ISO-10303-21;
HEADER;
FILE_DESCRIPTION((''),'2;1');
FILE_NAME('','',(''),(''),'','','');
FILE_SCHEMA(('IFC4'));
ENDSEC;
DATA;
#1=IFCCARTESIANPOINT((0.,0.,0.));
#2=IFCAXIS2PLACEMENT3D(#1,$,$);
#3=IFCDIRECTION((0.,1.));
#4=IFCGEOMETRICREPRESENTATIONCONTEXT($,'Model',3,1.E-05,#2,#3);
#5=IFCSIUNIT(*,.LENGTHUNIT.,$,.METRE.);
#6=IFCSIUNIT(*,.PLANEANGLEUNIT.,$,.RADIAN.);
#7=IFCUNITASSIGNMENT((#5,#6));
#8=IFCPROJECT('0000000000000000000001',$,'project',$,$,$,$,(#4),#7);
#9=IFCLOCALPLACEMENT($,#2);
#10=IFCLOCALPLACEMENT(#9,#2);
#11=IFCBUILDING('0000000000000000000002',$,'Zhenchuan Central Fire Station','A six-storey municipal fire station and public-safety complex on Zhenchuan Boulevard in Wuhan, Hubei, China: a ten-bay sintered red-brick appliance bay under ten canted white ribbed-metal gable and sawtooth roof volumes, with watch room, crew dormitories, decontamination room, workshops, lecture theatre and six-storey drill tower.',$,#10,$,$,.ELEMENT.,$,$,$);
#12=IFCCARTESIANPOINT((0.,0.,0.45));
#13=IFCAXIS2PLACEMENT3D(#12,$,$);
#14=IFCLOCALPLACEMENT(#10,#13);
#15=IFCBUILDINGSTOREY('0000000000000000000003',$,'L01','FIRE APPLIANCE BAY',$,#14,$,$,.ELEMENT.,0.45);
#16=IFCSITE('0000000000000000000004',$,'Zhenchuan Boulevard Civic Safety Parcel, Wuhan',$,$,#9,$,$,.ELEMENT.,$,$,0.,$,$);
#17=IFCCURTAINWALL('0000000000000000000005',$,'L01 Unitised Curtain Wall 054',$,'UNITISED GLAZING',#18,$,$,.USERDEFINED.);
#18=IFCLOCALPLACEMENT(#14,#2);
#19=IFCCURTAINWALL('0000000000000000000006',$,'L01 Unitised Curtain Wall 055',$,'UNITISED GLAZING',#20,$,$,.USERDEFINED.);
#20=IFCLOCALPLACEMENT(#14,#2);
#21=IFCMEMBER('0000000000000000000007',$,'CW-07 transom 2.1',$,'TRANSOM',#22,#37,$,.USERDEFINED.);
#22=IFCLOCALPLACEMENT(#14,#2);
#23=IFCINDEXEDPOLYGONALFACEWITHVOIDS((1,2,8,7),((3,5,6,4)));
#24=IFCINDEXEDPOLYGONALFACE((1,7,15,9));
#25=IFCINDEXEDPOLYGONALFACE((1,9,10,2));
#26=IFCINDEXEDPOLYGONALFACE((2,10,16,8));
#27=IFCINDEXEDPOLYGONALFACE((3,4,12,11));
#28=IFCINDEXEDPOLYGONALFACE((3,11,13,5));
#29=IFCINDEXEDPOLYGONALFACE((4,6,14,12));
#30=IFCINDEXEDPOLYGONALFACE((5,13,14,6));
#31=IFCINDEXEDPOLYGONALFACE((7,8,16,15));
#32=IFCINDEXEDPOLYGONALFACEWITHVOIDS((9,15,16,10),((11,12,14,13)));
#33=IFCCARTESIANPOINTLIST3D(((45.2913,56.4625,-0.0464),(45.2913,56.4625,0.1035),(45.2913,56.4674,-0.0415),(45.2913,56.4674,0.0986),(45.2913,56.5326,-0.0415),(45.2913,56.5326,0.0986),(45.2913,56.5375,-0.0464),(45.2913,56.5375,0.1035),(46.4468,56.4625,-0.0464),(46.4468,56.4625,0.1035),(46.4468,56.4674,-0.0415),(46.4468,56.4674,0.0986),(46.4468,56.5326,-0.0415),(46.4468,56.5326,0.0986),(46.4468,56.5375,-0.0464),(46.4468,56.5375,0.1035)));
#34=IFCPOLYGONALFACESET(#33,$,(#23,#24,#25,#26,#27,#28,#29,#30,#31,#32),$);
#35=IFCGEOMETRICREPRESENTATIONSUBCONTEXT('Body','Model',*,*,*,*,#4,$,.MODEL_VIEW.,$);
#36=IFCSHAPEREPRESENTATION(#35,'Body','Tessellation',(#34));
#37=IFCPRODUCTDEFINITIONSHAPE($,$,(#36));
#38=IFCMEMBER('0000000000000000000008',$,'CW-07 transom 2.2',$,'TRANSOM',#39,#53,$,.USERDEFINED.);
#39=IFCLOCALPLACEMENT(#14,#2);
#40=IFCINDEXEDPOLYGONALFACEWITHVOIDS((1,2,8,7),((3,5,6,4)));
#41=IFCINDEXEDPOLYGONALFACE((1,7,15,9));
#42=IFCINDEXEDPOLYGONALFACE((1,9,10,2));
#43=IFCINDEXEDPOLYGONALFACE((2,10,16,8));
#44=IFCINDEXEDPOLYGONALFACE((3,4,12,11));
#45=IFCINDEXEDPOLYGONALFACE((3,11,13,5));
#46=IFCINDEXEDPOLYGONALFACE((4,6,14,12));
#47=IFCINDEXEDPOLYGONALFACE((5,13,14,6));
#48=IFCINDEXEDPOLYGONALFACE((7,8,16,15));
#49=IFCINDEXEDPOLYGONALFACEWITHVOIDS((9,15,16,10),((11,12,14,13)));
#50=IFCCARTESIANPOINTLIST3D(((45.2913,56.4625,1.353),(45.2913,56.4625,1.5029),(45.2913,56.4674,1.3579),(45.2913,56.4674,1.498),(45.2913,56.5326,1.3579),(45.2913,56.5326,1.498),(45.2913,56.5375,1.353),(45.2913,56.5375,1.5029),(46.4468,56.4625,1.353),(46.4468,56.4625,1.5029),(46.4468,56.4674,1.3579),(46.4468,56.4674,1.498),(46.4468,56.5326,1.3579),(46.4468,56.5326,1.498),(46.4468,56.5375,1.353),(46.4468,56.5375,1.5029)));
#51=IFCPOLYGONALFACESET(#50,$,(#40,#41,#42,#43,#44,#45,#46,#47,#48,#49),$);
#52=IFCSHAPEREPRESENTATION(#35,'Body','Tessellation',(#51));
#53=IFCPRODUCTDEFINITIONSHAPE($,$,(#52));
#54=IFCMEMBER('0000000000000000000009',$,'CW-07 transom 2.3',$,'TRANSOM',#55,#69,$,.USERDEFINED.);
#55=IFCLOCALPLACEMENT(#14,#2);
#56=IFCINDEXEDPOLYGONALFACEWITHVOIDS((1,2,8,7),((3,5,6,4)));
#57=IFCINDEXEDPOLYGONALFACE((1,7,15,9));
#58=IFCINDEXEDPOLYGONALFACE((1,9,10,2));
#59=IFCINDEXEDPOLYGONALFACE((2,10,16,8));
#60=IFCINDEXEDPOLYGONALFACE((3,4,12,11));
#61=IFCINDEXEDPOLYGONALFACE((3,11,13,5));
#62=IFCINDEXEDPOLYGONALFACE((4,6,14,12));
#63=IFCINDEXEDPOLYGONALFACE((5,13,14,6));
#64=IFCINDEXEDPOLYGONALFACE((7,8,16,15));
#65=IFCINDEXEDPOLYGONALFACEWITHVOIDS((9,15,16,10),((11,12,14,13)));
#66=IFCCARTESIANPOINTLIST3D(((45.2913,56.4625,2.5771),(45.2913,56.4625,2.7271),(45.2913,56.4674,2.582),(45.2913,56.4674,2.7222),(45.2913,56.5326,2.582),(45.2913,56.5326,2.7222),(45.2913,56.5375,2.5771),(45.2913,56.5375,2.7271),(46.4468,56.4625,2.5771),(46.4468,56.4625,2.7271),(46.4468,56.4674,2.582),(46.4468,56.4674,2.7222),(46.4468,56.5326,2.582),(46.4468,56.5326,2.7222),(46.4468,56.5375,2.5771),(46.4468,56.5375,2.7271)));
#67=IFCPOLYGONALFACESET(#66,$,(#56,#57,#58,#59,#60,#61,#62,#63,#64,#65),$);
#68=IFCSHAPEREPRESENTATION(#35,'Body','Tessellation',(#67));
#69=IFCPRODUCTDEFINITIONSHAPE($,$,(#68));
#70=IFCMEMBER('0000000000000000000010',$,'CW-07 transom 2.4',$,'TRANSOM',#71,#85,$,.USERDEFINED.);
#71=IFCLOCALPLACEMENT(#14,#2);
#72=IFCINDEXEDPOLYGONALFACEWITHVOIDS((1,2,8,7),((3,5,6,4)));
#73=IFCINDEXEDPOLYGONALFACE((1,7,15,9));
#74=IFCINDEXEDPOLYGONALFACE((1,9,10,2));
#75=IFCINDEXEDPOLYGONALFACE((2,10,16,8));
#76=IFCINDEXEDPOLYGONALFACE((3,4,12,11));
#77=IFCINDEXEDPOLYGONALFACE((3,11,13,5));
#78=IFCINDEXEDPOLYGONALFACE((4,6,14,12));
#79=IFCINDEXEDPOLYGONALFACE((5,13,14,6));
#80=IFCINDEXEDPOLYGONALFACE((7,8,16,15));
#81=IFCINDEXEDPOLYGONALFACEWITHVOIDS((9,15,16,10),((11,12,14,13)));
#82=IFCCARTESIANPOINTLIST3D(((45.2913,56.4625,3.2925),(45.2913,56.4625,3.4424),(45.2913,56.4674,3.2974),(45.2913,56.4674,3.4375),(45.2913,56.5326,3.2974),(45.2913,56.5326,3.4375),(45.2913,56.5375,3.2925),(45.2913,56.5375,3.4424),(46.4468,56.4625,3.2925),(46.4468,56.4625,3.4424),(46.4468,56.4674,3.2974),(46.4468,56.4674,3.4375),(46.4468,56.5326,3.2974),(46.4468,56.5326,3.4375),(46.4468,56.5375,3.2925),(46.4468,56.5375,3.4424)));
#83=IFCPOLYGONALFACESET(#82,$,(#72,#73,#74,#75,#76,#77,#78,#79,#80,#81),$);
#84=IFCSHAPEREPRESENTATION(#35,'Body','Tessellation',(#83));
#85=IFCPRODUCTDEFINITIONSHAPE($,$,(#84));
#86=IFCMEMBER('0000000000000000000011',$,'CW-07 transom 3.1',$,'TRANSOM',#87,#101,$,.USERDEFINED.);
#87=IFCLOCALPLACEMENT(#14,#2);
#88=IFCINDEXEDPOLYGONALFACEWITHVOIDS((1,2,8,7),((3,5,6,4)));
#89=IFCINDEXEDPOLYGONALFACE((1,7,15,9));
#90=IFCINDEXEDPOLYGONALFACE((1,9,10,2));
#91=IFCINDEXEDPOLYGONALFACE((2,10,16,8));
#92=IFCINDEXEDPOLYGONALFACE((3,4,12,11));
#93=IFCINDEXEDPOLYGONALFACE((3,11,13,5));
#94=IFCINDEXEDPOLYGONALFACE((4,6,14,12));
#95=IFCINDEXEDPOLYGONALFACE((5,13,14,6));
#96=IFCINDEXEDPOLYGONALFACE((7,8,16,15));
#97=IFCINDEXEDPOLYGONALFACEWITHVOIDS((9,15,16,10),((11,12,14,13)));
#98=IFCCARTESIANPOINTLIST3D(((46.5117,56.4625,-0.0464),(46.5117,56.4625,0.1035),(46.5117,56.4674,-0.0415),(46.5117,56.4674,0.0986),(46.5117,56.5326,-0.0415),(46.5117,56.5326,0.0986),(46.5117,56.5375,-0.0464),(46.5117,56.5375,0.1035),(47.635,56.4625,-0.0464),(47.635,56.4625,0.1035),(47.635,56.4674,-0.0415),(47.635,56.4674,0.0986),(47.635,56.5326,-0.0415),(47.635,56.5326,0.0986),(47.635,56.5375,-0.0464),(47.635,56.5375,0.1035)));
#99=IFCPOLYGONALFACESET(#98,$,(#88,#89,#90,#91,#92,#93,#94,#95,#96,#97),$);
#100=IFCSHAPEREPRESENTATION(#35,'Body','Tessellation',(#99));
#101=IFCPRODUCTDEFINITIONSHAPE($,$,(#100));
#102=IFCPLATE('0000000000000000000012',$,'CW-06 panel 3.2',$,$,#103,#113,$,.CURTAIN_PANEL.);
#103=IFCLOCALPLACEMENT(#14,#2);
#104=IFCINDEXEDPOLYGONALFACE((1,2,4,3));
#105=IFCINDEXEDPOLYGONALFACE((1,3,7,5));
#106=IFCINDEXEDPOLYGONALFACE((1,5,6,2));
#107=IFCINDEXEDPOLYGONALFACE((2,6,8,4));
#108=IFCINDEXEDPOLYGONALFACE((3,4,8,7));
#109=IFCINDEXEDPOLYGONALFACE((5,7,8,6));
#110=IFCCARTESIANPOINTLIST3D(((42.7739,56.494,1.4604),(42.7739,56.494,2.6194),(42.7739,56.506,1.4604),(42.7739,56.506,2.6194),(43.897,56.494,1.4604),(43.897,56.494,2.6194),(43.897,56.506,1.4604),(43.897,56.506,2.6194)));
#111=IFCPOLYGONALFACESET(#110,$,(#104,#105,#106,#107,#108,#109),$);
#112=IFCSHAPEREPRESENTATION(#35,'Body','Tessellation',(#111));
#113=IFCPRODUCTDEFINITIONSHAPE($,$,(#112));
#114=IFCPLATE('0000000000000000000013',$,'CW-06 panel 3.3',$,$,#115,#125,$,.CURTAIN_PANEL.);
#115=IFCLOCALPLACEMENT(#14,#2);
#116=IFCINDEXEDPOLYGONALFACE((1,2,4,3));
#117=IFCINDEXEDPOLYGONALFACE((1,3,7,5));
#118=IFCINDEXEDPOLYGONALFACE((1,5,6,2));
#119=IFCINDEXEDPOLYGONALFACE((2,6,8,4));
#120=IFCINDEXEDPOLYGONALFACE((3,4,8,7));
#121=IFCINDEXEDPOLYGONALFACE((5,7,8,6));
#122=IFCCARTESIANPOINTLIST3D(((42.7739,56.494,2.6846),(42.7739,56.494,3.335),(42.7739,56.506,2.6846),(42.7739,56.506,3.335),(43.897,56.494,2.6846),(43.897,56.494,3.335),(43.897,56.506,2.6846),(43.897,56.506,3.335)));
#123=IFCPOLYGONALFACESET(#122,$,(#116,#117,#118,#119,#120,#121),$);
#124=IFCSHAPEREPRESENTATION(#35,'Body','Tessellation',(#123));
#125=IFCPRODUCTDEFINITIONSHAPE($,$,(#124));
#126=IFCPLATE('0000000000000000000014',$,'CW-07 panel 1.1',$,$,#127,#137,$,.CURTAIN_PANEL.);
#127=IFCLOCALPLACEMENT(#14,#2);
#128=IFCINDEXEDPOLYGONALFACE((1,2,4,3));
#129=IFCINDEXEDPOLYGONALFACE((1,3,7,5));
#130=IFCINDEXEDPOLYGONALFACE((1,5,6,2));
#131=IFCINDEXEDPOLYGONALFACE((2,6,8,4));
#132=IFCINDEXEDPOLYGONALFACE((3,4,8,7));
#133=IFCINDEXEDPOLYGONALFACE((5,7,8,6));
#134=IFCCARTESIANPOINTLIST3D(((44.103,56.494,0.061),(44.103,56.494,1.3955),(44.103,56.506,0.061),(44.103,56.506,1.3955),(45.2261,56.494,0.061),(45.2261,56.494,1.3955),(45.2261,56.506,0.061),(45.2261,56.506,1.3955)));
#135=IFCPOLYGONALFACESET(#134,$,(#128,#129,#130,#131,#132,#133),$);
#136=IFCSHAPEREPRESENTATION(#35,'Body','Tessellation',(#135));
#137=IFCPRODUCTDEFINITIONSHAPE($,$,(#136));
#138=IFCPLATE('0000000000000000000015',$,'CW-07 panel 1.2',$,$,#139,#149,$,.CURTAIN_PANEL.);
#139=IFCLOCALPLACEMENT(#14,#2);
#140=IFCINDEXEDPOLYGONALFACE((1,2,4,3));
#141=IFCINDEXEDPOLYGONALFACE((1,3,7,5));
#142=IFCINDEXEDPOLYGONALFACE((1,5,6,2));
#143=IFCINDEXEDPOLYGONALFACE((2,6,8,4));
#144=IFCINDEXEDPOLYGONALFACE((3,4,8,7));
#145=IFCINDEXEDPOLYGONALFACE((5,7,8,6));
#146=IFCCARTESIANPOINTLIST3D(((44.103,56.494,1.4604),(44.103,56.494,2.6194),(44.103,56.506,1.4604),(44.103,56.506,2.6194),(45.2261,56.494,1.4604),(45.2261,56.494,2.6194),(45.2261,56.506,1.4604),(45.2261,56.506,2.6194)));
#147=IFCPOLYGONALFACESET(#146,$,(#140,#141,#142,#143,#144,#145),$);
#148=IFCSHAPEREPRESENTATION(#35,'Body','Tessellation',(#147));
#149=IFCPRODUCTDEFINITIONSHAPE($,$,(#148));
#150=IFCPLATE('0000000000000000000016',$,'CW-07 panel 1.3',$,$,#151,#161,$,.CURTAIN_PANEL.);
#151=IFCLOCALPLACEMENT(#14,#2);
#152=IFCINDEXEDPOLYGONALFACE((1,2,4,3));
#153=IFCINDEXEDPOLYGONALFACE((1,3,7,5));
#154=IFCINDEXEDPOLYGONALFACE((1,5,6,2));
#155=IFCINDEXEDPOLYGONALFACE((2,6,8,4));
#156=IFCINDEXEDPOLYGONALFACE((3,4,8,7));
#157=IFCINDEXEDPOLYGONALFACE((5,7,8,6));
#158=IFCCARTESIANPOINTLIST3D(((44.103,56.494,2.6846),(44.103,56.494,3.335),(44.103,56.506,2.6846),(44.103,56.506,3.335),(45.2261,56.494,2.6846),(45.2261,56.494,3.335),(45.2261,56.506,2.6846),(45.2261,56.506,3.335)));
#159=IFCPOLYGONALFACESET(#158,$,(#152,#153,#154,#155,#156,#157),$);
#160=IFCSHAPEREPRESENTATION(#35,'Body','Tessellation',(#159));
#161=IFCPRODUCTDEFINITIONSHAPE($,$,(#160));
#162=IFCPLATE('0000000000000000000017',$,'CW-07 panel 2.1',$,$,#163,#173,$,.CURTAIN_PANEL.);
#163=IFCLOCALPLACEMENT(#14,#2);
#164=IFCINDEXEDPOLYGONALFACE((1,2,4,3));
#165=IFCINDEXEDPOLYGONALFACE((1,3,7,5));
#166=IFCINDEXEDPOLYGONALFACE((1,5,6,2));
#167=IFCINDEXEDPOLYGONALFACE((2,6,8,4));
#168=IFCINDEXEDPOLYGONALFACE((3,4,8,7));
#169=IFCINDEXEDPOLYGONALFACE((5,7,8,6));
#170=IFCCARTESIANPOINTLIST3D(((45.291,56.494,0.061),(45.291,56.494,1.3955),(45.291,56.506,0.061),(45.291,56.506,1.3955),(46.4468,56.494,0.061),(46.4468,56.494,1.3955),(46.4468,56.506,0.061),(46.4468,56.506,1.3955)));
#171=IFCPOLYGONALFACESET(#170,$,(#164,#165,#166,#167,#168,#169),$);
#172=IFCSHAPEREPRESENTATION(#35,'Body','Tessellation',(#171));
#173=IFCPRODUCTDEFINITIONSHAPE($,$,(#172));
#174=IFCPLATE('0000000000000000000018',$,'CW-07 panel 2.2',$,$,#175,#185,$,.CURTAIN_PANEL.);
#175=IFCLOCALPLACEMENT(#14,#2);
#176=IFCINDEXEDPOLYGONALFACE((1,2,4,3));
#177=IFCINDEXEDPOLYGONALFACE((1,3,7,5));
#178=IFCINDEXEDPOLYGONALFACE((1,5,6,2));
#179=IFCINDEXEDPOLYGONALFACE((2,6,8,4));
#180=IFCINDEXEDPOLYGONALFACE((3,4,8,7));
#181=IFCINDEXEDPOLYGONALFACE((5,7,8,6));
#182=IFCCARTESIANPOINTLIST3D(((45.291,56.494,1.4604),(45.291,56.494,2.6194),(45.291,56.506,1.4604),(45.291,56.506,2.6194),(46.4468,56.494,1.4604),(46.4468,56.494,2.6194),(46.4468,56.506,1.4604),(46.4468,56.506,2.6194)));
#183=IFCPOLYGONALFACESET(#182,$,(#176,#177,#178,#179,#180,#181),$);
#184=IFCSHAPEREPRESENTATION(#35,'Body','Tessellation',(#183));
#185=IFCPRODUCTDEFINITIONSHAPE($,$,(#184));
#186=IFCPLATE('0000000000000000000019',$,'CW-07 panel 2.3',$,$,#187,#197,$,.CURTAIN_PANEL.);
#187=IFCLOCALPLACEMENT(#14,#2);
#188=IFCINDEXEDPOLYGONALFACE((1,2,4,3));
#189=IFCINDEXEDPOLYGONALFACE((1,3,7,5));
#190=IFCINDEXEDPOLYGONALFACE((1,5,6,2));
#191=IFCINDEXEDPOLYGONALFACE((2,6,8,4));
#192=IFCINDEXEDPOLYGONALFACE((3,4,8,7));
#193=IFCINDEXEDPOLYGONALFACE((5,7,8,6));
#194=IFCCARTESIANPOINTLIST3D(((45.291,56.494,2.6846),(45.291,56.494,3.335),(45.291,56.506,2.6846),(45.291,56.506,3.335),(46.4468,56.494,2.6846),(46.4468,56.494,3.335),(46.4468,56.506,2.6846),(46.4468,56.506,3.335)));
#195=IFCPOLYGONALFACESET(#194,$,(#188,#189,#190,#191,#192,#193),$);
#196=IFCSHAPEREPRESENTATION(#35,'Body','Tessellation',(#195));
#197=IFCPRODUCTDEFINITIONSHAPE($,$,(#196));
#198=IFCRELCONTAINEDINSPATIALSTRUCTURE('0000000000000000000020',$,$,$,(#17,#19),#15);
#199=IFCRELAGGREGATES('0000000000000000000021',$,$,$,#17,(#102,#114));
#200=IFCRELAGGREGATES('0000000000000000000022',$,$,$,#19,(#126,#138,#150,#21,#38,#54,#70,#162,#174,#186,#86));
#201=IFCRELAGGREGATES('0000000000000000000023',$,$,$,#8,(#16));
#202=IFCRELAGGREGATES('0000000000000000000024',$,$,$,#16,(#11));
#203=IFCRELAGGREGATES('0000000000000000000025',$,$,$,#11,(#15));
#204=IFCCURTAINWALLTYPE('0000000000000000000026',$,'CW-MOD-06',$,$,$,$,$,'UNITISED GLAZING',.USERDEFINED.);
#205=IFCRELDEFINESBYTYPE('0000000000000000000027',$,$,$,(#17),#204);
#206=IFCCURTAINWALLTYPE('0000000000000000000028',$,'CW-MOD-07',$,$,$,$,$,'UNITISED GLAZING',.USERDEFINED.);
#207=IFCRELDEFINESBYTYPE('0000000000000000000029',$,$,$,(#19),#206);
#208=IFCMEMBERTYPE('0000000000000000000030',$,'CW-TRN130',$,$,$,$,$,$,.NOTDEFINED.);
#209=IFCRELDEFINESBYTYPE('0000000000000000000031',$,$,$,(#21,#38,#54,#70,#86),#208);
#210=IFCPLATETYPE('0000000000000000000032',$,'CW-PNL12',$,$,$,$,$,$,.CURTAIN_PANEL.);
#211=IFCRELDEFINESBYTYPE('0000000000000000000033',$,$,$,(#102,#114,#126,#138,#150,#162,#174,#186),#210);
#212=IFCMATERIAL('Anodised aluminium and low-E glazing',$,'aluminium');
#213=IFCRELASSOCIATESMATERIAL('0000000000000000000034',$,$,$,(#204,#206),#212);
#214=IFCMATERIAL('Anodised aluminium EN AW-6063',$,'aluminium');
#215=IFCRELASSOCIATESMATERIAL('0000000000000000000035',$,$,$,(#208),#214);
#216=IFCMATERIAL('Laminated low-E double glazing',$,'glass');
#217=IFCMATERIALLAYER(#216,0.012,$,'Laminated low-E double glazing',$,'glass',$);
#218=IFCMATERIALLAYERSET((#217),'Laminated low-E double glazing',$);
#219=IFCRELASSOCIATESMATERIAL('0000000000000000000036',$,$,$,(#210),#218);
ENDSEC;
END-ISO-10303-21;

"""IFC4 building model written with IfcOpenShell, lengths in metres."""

from ifc_helpers import new_model, si_unit, direction, frame, origin, origin_2d, place, context, subcontext, project, spatial, rectangle, hollow_rectangle, extrude, material, layer, layer_set, material_profile, profile_set, type_object, element, aggregate, save


model = new_model("IFC4")

# Units and contexts
model_context = context("Model", 3, precision=1e-05, world=origin(), true_north=direction((0.0, 1.0)))
body_context = subcontext(model_context, "Body", "Model", "MODEL_VIEW")
ifc_project = project(units=[si_unit("LENGTHUNIT", "METRE"), si_unit("PLANEANGLEUNIT", "RADIAN")], contexts=[model_context])

# Site, building, storey
site_placement = place(None, origin())
site = spatial("IfcSite", under=ifc_project, at=site_placement, Name="Zhenchuan Boulevard Civic Safety Parcel, Wuhan", CompositionType="ELEMENT", RefElevation=0.0)
building_placement = place(site_placement, origin())
building = spatial("IfcBuilding", under=site, at=building_placement, Name="Zhenchuan Central Fire Station", Description="A six-storey municipal fire station and public-safety complex on Zhenchuan Boulevard in Wuhan, Hubei, China: a ten-bay sintered red-brick appliance bay under ten canted white ribbed-metal gable and sawtooth roof volumes, with watch room, crew dormitories, decontamination room, workshops, lecture theatre and six-storey drill tower.", CompositionType="ELEMENT")
storey_placement = place(building_placement, frame((0.0, 0.0, 0.45)))
storey = spatial("IfcBuildingStorey", under=building, at=storey_placement, Name="L01", Description="FIRE APPLIANCE BAY", CompositionType="ELEMENT", Elevation=0.45)

# Curtain wall
ifc_material_1 = material(Name="Anodised aluminium and low-E glazing", Category="aluminium")
curtain_wall_type_1 = type_object("IfcCurtainWallType", Name="CW-MOD-06", ElementType="UNITISED GLAZING", PredefinedType="USERDEFINED", material=ifc_material_1)
curtain_wall_1_placement = place(storey_placement, origin())
curtain_wall_1 = element("IfcCurtainWall", 1, at=curtain_wall_1_placement, inside=storey, type_object=curtain_wall_type_1, Name="L01 Unitised Curtain Wall 054", ObjectType="UNITISED GLAZING", PredefinedType="USERDEFINED")
ifc_material_2 = material(Name="Anodised aluminium EN AW-6063", Category="aluminium")

# Curtain wall, members
curtain_wall_type_2 = type_object("IfcCurtainWallType", Name="CW-MOD-07", ElementType="UNITISED GLAZING", PredefinedType="USERDEFINED", material=ifc_material_1)
curtain_wall_2_placement = place(storey_placement, origin())
curtain_wall_2 = element("IfcCurtainWall", 2, at=curtain_wall_2_placement, inside=storey, type_object=curtain_wall_type_2, Name="L01 Unitised Curtain Wall 055", ObjectType="UNITISED GLAZING", PredefinedType="USERDEFINED")
ifc_material_profile_1 = material_profile(ifc_material_2, hollow_rectangle(XDim=0.075, YDim=0.1499, WallThickness=0.0049, at=origin_2d()), Name="ALU-T 150x75")
ifc_profile_set_1 = profile_set([ifc_material_profile_1], Name="Anodised aluminium EN AW-6063")
member_type_1 = type_object("IfcMemberType", Name="CW-TRN130", PredefinedType="NOTDEFINED", material=ifc_profile_set_1)
member_1_placement = place(storey_placement, frame((45.2913, 56.5, 0.0286), z_axis=(1.0, 0.0, 0.0), x_axis=(0.0, 1.0, 0.0)))
member_1 = element("IfcMember", 3, at=member_1_placement, type_object=member_type_1, Name="CW-07 transom 2.1", ObjectType="TRANSOM", PredefinedType="USERDEFINED", context=body_context, shape_type="SweptSolid", body=[
    extrude(hollow_rectangle(XDim=0.075, YDim=0.1499, WallThickness=0.0049, at=origin_2d()), origin(), (0.0, 0.0, 1.0), 1.1555),
])
member_2_placement = place(storey_placement, frame((45.2913, 56.5, 1.428), z_axis=(1.0, 0.0, 0.0), x_axis=(0.0, 1.0, 0.0)))
member_2 = element("IfcMember", 4, at=member_2_placement, type_object=member_type_1, Name="CW-07 transom 2.2", ObjectType="TRANSOM", PredefinedType="USERDEFINED", context=body_context, shape_type="SweptSolid", body=[
    extrude(hollow_rectangle(XDim=0.075, YDim=0.1499, WallThickness=0.0049, at=origin_2d()), origin(), (0.0, 0.0, 1.0), 1.1555),
])
member_3_placement = place(storey_placement, frame((45.2913, 56.5, 2.6521), z_axis=(1.0, 0.0, 0.0), x_axis=(0.0, 1.0, 0.0)))
member_3 = element("IfcMember", 5, at=member_3_placement, type_object=member_type_1, Name="CW-07 transom 2.3", ObjectType="TRANSOM", PredefinedType="USERDEFINED", context=body_context, shape_type="SweptSolid", body=[
    extrude(hollow_rectangle(XDim=0.075, YDim=0.1499, WallThickness=0.0049, at=origin_2d()), origin(), (0.0, 0.0, 1.0), 1.1555),
])
member_4_placement = place(storey_placement, frame((45.2913, 56.5, 3.3674), z_axis=(1.0, 0.0, 0.0), x_axis=(0.0, 1.0, 0.0)))
member_4 = element("IfcMember", 6, at=member_4_placement, type_object=member_type_1, Name="CW-07 transom 2.4", ObjectType="TRANSOM", PredefinedType="USERDEFINED", context=body_context, shape_type="SweptSolid", body=[
    extrude(hollow_rectangle(XDim=0.075, YDim=0.1499, WallThickness=0.0049, at=origin_2d()), origin(), (0.0, 0.0, 1.0), 1.1555),
])
member_5_placement = place(storey_placement, frame((46.5117, 56.5, 0.0286), z_axis=(1.0, 0.0, 0.0), x_axis=(0.0, 1.0, 0.0)))
member_5 = element("IfcMember", 7, at=member_5_placement, type_object=member_type_1, Name="CW-07 transom 3.1", ObjectType="TRANSOM", PredefinedType="USERDEFINED", context=body_context, shape_type="SweptSolid", body=[
    extrude(hollow_rectangle(XDim=0.075, YDim=0.1499, WallThickness=0.0049, at=origin_2d()), origin(), (0.0, 0.0, 1.0), 1.1233),
])

# Plates
ifc_material_3 = material(Name="Laminated low-E double glazing", Category="glass")
ifc_layer = layer(ifc_material_3, 0.012, Name="Laminated low-E double glazing", Category="glass")
ifc_layer_set = layer_set([ifc_layer], Name="Laminated low-E double glazing")
plate_type = type_object("IfcPlateType", Name="CW-PNL12", PredefinedType="CURTAIN_PANEL", material=ifc_layer_set)
plate_1_placement = place(storey_placement, frame((43.3354, 56.5, 1.4604), z_axis=(0.0, 0.0, 1.0), x_axis=(1.0, 0.0, 0.0)))
plate_1 = element("IfcPlate", 8, at=plate_1_placement, type_object=plate_type, Name="CW-06 panel 3.2", PredefinedType="CURTAIN_PANEL", context=body_context, shape_type="SweptSolid", body=[
    extrude(rectangle(XDim=1.123, YDim=0.012, at=origin_2d()), origin(), (0.0, 0.0, 1.0), 1.1589),
])
plate_2_placement = place(storey_placement, frame((43.3354, 56.5, 2.6846), z_axis=(0.0, 0.0, 1.0), x_axis=(1.0, 0.0, 0.0)))
plate_2 = element("IfcPlate", 9, at=plate_2_placement, type_object=plate_type, Name="CW-06 panel 3.3", PredefinedType="CURTAIN_PANEL", context=body_context, shape_type="SweptSolid", body=[
    extrude(rectangle(XDim=1.123, YDim=0.012, at=origin_2d()), origin(), (0.0, 0.0, 1.0), 0.6504),
])
aggregate(curtain_wall_1, [plate_1, plate_2])
plate_3_placement = place(storey_placement, frame((44.6646, 56.5, 0.061), z_axis=(0.0, 0.0, 1.0), x_axis=(1.0, 0.0, 0.0)))
plate_3 = element("IfcPlate", 10, at=plate_3_placement, type_object=plate_type, Name="CW-07 panel 1.1", PredefinedType="CURTAIN_PANEL", context=body_context, shape_type="SweptSolid", body=[
    extrude(rectangle(XDim=1.123, YDim=0.012, at=origin_2d()), origin(), (0.0, 0.0, 1.0), 1.3345),
])
plate_4_placement = place(storey_placement, frame((44.6646, 56.5, 1.4604), z_axis=(0.0, 0.0, 1.0), x_axis=(1.0, 0.0, 0.0)))
plate_4 = element("IfcPlate", 11, at=plate_4_placement, type_object=plate_type, Name="CW-07 panel 1.2", PredefinedType="CURTAIN_PANEL", context=body_context, shape_type="SweptSolid", body=[
    extrude(rectangle(XDim=1.123, YDim=0.012, at=origin_2d()), origin(), (0.0, 0.0, 1.0), 1.1589),
])
plate_5_placement = place(storey_placement, frame((44.6646, 56.5, 2.6846), z_axis=(0.0, 0.0, 1.0), x_axis=(1.0, 0.0, 0.0)))
plate_5 = element("IfcPlate", 12, at=plate_5_placement, type_object=plate_type, Name="CW-07 panel 1.3", PredefinedType="CURTAIN_PANEL", context=body_context, shape_type="SweptSolid", body=[
    extrude(rectangle(XDim=1.123, YDim=0.012, at=origin_2d()), origin(), (0.0, 0.0, 1.0), 0.6504),
])
plate_6_placement = place(storey_placement, frame((45.8689, 56.5, 0.061), z_axis=(0.0, 0.0, 1.0), x_axis=(1.0, 0.0, 0.0)))
plate_6 = element("IfcPlate", 13, at=plate_6_placement, type_object=plate_type, Name="CW-07 panel 2.1", PredefinedType="CURTAIN_PANEL", context=body_context, shape_type="SweptSolid", body=[
    extrude(rectangle(XDim=1.1558, YDim=0.012, at=origin_2d()), origin(), (0.0, 0.0, 1.0), 1.3345),
])
plate_7_placement = place(storey_placement, frame((45.8689, 56.5, 1.4604), z_axis=(0.0, 0.0, 1.0), x_axis=(1.0, 0.0, 0.0)))
plate_7 = element("IfcPlate", 14, at=plate_7_placement, type_object=plate_type, Name="CW-07 panel 2.2", PredefinedType="CURTAIN_PANEL", context=body_context, shape_type="SweptSolid", body=[
    extrude(rectangle(XDim=1.1558, YDim=0.012, at=origin_2d()), origin(), (0.0, 0.0, 1.0), 1.1589),
])
plate_8_placement = place(storey_placement, frame((45.8689, 56.5, 2.6846), z_axis=(0.0, 0.0, 1.0), x_axis=(1.0, 0.0, 0.0)))
plate_8 = element("IfcPlate", 15, at=plate_8_placement, type_object=plate_type, Name="CW-07 panel 2.3", PredefinedType="CURTAIN_PANEL", context=body_context, shape_type="SweptSolid", body=[
    extrude(rectangle(XDim=1.1558, YDim=0.012, at=origin_2d()), origin(), (0.0, 0.0, 1.0), 0.6504),
])
aggregate(curtain_wall_2, [plate_3, plate_4, plate_5, member_1, member_2, member_3, member_4, plate_6, plate_7, plate_8, member_5])

save(model, "model.ifc")
